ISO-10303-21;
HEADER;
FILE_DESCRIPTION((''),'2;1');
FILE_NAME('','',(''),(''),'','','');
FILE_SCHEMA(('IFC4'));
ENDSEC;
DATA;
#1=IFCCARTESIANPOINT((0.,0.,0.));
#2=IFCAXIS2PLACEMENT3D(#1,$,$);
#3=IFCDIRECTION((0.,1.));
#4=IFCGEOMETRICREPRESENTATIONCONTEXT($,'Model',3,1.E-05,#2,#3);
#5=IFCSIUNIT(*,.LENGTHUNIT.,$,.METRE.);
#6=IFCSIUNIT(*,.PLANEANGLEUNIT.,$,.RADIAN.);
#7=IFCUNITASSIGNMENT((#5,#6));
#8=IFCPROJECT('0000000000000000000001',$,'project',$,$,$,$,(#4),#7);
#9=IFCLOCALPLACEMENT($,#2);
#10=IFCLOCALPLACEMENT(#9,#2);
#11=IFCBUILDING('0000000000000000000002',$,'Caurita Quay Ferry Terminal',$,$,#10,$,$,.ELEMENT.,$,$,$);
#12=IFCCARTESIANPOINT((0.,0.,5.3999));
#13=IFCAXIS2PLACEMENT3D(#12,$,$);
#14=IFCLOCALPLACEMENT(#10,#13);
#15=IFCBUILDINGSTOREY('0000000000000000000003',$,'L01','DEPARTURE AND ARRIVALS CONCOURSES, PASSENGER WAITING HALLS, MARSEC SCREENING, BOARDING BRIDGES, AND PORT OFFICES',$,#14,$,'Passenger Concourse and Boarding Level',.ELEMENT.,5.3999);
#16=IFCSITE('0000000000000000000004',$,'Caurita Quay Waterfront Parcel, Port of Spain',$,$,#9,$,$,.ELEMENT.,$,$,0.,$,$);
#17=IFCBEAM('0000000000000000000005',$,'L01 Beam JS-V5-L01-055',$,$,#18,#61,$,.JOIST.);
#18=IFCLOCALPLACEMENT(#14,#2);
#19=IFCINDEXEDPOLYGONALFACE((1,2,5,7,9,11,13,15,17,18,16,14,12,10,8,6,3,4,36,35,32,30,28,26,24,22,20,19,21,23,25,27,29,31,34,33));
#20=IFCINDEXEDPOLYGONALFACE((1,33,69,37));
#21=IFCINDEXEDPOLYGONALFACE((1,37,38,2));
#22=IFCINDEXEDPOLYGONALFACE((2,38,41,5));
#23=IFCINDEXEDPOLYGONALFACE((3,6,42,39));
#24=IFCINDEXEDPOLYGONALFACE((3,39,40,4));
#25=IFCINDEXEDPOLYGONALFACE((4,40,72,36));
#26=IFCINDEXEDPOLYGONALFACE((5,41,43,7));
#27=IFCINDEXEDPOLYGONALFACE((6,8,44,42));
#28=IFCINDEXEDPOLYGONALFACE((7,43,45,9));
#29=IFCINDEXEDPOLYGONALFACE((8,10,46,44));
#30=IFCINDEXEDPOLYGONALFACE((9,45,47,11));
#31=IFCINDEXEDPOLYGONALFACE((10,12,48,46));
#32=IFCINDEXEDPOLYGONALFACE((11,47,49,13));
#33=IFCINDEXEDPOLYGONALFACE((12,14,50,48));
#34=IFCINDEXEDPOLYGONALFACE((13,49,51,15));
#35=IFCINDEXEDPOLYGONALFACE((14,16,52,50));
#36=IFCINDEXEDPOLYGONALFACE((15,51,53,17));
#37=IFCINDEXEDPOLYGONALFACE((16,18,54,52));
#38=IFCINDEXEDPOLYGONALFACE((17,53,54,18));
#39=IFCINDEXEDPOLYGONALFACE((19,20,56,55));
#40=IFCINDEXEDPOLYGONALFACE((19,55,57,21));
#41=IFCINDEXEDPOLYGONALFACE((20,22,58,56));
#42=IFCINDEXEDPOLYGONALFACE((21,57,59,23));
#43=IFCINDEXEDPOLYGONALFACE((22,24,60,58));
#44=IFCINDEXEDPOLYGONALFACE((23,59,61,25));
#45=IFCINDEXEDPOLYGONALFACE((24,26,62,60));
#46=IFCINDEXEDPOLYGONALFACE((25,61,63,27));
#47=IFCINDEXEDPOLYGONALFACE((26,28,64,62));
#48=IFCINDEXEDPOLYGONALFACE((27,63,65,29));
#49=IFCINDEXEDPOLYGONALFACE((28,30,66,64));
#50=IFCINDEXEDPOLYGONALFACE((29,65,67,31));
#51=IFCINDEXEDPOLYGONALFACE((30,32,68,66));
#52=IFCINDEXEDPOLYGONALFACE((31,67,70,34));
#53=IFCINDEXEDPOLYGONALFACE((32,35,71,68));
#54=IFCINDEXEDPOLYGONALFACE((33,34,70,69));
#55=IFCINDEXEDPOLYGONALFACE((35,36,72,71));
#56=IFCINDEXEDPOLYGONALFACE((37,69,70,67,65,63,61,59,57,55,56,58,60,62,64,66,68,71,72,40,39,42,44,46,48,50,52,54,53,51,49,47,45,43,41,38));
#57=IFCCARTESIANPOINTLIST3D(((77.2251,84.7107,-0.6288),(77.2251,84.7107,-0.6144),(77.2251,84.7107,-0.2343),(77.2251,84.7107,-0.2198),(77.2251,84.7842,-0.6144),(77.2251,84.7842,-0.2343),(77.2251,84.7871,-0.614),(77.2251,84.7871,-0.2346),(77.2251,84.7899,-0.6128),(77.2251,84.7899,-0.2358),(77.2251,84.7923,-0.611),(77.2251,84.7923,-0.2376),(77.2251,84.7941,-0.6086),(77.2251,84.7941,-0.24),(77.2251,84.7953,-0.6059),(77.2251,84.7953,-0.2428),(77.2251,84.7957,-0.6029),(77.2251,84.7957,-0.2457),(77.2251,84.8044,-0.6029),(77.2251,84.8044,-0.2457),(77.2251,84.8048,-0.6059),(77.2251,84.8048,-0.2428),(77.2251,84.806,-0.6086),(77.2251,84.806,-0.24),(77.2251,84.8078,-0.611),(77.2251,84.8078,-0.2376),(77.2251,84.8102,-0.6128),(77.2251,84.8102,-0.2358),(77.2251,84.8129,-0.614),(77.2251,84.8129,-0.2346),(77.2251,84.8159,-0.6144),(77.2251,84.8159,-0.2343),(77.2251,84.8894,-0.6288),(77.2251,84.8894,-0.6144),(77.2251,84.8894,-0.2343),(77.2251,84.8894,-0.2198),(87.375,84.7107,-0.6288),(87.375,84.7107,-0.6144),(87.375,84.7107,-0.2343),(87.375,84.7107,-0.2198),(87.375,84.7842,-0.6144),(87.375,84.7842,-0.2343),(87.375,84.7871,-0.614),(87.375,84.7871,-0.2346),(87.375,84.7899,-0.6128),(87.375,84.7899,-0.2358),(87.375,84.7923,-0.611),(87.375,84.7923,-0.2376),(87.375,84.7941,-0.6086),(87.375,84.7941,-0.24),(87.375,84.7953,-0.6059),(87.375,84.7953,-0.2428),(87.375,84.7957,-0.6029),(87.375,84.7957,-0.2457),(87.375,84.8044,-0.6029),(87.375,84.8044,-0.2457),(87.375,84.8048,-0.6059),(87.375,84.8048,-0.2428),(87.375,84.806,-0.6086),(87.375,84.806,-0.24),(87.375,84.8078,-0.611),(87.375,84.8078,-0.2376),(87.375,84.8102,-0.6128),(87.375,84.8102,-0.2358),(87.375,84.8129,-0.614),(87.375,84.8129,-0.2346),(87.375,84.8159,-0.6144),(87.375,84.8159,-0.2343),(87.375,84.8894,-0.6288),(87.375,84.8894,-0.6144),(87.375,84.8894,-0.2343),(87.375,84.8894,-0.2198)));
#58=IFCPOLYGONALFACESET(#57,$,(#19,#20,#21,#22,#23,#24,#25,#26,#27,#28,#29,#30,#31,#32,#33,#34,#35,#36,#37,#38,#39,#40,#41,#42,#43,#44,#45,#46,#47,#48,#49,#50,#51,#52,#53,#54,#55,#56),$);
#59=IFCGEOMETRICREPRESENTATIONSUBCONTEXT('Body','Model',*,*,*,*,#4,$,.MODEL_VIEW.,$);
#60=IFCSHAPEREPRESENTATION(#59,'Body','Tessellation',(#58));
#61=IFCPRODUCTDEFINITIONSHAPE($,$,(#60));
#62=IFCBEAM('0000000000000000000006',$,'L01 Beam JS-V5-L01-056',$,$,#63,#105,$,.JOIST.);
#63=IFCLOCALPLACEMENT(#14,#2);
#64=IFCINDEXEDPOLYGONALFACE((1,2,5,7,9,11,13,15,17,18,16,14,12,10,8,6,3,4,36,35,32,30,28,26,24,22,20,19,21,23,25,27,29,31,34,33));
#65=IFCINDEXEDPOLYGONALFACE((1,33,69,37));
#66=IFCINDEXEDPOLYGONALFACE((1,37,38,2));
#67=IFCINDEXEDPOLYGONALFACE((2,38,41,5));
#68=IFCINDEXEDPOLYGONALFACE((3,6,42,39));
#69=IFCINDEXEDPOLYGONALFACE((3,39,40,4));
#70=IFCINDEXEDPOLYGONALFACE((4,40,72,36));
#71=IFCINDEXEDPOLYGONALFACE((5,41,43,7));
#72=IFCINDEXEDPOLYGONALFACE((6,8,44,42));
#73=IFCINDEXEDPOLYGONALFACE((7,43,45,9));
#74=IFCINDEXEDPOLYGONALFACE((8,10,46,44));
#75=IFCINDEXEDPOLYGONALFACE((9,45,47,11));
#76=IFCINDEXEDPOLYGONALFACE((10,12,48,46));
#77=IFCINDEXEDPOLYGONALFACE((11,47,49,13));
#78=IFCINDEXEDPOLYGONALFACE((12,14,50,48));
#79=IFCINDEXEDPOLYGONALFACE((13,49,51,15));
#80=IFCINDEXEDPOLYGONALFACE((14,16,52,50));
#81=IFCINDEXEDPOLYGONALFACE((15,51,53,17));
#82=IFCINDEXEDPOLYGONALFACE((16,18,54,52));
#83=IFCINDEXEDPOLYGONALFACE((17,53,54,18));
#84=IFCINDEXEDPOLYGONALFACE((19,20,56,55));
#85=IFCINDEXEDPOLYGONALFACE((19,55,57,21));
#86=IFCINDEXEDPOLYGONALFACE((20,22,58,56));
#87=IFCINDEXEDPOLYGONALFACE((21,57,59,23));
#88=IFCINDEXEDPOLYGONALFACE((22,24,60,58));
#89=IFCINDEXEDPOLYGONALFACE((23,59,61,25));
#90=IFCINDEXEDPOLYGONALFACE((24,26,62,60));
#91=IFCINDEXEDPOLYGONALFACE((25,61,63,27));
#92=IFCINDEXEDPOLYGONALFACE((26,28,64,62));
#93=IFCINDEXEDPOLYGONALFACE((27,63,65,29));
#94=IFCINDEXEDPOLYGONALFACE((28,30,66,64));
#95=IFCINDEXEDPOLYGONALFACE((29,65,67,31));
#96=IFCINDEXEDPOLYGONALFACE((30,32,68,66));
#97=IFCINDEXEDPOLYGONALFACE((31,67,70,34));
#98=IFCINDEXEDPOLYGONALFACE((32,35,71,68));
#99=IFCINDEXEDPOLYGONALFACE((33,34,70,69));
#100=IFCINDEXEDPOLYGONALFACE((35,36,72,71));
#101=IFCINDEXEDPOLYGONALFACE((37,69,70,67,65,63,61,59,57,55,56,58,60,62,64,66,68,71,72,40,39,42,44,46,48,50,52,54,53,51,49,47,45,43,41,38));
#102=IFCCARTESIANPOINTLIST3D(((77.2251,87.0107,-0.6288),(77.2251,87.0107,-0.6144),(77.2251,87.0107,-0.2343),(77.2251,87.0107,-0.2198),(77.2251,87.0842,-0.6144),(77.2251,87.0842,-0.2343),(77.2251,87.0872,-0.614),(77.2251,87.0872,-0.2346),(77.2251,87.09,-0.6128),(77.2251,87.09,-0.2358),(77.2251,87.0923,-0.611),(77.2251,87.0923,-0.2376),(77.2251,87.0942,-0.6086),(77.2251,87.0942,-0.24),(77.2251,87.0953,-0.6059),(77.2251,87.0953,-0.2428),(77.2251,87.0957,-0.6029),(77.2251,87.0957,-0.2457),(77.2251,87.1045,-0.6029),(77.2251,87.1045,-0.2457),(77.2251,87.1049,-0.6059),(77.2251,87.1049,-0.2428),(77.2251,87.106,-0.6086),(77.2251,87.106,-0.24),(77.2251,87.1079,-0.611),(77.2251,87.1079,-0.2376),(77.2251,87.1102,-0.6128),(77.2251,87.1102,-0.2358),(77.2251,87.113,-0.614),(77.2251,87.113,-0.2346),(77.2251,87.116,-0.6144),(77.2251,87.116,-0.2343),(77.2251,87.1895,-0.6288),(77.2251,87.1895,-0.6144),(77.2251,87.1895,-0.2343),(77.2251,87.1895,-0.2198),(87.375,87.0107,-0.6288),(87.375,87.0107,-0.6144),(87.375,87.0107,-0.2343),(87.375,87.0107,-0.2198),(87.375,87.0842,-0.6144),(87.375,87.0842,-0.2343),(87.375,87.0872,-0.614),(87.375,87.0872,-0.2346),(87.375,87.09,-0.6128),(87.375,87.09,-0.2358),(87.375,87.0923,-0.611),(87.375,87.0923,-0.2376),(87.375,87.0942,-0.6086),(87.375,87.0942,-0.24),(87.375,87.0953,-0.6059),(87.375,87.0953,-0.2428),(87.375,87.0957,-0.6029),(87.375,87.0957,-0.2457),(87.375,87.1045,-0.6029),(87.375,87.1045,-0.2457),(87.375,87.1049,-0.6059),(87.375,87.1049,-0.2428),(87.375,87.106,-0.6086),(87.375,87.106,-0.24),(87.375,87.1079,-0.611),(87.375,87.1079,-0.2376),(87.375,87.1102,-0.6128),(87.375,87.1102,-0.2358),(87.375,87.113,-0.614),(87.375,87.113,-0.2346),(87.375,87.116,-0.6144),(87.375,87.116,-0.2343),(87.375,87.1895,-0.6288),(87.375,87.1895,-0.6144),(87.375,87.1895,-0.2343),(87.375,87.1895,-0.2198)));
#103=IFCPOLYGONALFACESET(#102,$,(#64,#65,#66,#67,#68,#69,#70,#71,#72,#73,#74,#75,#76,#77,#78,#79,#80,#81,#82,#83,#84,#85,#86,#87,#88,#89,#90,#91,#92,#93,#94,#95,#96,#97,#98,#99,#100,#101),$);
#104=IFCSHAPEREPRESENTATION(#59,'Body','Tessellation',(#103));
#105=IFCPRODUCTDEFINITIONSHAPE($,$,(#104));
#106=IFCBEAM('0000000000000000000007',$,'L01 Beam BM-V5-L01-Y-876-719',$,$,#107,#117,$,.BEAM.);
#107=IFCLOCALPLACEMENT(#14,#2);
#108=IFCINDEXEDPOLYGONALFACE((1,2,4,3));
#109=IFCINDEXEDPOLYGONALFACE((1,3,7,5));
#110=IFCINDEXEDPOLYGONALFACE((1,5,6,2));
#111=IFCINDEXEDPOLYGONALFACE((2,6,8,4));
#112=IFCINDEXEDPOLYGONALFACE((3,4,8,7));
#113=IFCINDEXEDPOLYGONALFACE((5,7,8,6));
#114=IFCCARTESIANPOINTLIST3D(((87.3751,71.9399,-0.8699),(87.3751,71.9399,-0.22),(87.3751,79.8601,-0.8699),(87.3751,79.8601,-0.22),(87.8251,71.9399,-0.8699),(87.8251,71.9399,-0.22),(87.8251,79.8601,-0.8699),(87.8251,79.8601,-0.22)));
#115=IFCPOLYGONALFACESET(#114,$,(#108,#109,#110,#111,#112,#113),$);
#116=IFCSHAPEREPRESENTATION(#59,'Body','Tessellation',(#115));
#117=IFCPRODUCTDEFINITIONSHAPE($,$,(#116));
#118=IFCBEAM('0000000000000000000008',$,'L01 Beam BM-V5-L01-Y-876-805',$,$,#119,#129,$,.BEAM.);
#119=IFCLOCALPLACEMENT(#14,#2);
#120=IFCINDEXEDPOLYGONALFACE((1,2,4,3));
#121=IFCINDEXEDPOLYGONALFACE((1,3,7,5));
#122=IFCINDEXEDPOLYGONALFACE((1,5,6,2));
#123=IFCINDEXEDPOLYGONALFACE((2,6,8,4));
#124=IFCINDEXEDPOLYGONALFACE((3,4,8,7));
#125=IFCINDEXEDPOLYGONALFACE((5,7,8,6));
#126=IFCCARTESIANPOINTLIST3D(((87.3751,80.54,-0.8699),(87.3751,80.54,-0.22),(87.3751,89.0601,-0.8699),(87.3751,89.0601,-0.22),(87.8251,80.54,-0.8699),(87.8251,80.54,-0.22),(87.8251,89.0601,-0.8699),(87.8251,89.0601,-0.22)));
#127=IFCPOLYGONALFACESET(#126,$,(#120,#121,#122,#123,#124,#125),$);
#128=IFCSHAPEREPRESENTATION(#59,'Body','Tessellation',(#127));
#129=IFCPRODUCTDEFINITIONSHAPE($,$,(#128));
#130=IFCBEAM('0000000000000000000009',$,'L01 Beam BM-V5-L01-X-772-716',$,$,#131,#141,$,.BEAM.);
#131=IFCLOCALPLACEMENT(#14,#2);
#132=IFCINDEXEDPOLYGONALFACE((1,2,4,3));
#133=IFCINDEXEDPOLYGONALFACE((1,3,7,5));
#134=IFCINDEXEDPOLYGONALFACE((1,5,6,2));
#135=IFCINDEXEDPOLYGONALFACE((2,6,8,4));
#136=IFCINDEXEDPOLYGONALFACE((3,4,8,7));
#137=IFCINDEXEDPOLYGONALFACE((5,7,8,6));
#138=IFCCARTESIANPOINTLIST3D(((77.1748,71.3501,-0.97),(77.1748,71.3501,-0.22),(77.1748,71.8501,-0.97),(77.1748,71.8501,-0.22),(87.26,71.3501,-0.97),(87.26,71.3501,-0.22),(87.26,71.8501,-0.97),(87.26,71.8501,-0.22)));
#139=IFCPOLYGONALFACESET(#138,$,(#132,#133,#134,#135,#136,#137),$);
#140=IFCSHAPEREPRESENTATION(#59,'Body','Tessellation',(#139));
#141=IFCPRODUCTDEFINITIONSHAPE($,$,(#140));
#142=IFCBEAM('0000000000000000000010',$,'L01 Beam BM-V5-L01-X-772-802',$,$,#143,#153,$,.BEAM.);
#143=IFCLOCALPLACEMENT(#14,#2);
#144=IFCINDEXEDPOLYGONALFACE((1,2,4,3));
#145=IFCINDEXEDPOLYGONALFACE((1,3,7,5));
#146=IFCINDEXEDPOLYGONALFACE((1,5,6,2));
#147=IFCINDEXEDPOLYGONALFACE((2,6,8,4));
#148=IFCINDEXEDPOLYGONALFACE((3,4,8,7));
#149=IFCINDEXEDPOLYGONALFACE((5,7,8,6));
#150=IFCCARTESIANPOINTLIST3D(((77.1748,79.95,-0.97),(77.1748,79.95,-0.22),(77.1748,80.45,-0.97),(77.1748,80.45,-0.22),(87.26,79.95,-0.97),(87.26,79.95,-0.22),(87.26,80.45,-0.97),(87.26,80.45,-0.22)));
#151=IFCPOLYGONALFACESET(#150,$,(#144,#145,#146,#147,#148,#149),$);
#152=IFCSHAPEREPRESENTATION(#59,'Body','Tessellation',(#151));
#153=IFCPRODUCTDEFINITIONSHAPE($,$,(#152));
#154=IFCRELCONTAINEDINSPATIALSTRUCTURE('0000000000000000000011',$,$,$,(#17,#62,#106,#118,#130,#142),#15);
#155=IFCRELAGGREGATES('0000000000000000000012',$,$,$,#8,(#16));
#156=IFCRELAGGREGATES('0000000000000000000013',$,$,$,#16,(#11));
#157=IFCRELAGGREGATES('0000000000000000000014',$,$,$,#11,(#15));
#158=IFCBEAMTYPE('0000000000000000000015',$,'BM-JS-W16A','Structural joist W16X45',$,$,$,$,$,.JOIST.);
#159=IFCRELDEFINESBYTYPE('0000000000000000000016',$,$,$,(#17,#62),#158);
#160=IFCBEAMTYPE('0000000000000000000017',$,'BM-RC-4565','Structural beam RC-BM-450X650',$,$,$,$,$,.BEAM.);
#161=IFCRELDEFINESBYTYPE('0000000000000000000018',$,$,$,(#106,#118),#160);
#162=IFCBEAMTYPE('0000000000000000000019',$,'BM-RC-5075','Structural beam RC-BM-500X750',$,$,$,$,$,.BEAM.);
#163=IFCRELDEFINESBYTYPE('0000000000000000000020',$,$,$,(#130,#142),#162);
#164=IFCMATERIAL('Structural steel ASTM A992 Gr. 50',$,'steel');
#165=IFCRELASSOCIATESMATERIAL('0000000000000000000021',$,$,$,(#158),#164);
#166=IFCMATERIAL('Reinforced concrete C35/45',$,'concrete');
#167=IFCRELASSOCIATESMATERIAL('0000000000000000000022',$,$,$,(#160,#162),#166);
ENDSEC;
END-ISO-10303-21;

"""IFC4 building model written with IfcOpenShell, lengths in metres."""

from ifc_helpers import new_model, si_unit, direction, frame, origin, origin_2d, place, context, subcontext, project, spatial, rectangle, i_section, extrude, material, material_profile, profile_set, type_object, element, save


model = new_model("IFC4")

# Units and contexts
model_context = context("Model", 3, precision=1e-05, world=origin(), true_north=direction((0.0, 1.0)))
body_context = subcontext(model_context, "Body", "Model", "MODEL_VIEW")
ifc_project = project(units=[si_unit("LENGTHUNIT", "METRE"), si_unit("PLANEANGLEUNIT", "RADIAN")], contexts=[model_context])

# Site, building, storey
site_placement = place(None, origin())
site = spatial("IfcSite", under=ifc_project, at=site_placement, Name="Caurita Quay Waterfront Parcel, Port of Spain", CompositionType="ELEMENT", RefElevation=0.0)
building_placement = place(site_placement, origin())
building = spatial("IfcBuilding", under=site, at=building_placement, Name="Caurita Quay Ferry Terminal", CompositionType="ELEMENT")
storey_placement = place(building_placement, frame((0.0, 0.0, 5.3999)))
storey = spatial("IfcBuildingStorey", under=building, at=storey_placement, Name="L01", Description="DEPARTURE AND ARRIVALS CONCOURSES, PASSENGER WAITING HALLS, MARSEC SCREENING, BOARDING BRIDGES, AND PORT OFFICES", LongName="Passenger Concourse and Boarding Level", CompositionType="ELEMENT", Elevation=5.3999)

# Shared definitions
ifc_material_1 = material(Name="Reinforced concrete C35/45", Category="concrete")

# Beams
ifc_material_2 = material(Name="Structural steel ASTM A992 Gr. 50", Category="steel")
ifc_material_profile_1 = material_profile(ifc_material_2, i_section(OverallWidth=0.1787, OverallDepth=0.4089, WebThickness=0.0088, FlangeThickness=0.0144, FilletRadius=0.0115, at=origin_2d()), Name="W16X45")
ifc_profile_set_1 = profile_set([ifc_material_profile_1], Name="Structural steel ASTM A992 Gr. 50")
beam_type_1 = type_object("IfcBeamType", Name="BM-JS-W16A", Description="Structural joist W16X45", PredefinedType="JOIST", material=ifc_profile_set_1)
for number, where, z_axis, x_axis, name in (
    (1, (77.2251, 84.8, -0.4243), (1.0, 0.0, 0.0), (0.0, 1.0, 0.0), "L01 Beam JS-V5-L01-055"),
    (2, (77.2251, 87.1001, -0.4243), (1.0, 0.0, 0.0), (0.0, 1.0, 0.0), "L01 Beam JS-V5-L01-056"),
):
    element("IfcBeam", number, at=place(storey_placement, frame(where, z_axis=z_axis, x_axis=x_axis)), inside=storey, type_object=beam_type_1, Name=name, PredefinedType="JOIST", context=body_context, shape_type="SweptSolid", body=[
        extrude(i_section(OverallWidth=0.1787, OverallDepth=0.4089, WebThickness=0.0088, FlangeThickness=0.0144, FilletRadius=0.0115, at=origin_2d()), origin(), (0.0, 0.0, 1.0), 10.1499),
    ])
ifc_material_profile_2 = material_profile(ifc_material_1, rectangle(XDim=0.45, YDim=0.6499, at=origin_2d()), Name="RC-BM-450X650")
ifc_profile_set_2 = profile_set([ifc_material_profile_2], Name="Reinforced concrete C35/45")
beam_type_2 = type_object("IfcBeamType", Name="BM-RC-4565", Description="Structural beam RC-BM-450X650", PredefinedType="BEAM", material=ifc_profile_set_2)
beam_1_placement = place(storey_placement, frame((87.6001, 71.9399, -0.5449), z_axis=(0.0, 1.0, 0.0), x_axis=(-1.0, 0.0, 0.0)))
element("IfcBeam", 3, at=beam_1_placement, inside=storey, type_object=beam_type_2, Name="L01 Beam BM-V5-L01-Y-876-719", PredefinedType="BEAM", context=body_context, shape_type="SweptSolid", body=[
    extrude(rectangle(XDim=0.45, YDim=0.6499, at=origin_2d()), origin(), (0.0, 0.0, 1.0), 7.9202),
])
beam_2_placement = place(storey_placement, frame((87.6001, 80.54, -0.5449), z_axis=(0.0, 1.0, 0.0), x_axis=(-1.0, 0.0, 0.0)))
element("IfcBeam", 4, at=beam_2_placement, inside=storey, type_object=beam_type_2, Name="L01 Beam BM-V5-L01-Y-876-805", PredefinedType="BEAM", context=body_context, shape_type="SweptSolid", body=[
    extrude(rectangle(XDim=0.45, YDim=0.6499, at=origin_2d()), origin(), (0.0, 0.0, 1.0), 8.52),
])
ifc_material_profile_3 = material_profile(ifc_material_1, rectangle(XDim=0.5, YDim=0.75, at=origin_2d()), Name="RC-BM-500X750")
ifc_profile_set_3 = profile_set([ifc_material_profile_3], Name="Reinforced concrete C35/45")
beam_type_3 = type_object("IfcBeamType", Name="BM-RC-5075", Description="Structural beam RC-BM-500X750", PredefinedType="BEAM", material=ifc_profile_set_3)
for number, where, z_axis, x_axis, name in (
    (5, (77.1748, 71.6001, -0.595), (1.0, 0.0, 0.0), (0.0, 1.0, 0.0), "L01 Beam BM-V5-L01-X-772-716"),
    (6, (77.1748, 80.2, -0.595), (1.0, 0.0, 0.0), (0.0, 1.0, 0.0), "L01 Beam BM-V5-L01-X-772-802"),
):
    element("IfcBeam", number, at=place(storey_placement, frame(where, z_axis=z_axis, x_axis=x_axis)), inside=storey, type_object=beam_type_3, Name=name, PredefinedType="BEAM", context=body_context, shape_type="SweptSolid", body=[
        extrude(rectangle(XDim=0.5, YDim=0.75, at=origin_2d()), origin(), (0.0, 0.0, 1.0), 10.0852),
    ])

save(model, "model.ifc")
